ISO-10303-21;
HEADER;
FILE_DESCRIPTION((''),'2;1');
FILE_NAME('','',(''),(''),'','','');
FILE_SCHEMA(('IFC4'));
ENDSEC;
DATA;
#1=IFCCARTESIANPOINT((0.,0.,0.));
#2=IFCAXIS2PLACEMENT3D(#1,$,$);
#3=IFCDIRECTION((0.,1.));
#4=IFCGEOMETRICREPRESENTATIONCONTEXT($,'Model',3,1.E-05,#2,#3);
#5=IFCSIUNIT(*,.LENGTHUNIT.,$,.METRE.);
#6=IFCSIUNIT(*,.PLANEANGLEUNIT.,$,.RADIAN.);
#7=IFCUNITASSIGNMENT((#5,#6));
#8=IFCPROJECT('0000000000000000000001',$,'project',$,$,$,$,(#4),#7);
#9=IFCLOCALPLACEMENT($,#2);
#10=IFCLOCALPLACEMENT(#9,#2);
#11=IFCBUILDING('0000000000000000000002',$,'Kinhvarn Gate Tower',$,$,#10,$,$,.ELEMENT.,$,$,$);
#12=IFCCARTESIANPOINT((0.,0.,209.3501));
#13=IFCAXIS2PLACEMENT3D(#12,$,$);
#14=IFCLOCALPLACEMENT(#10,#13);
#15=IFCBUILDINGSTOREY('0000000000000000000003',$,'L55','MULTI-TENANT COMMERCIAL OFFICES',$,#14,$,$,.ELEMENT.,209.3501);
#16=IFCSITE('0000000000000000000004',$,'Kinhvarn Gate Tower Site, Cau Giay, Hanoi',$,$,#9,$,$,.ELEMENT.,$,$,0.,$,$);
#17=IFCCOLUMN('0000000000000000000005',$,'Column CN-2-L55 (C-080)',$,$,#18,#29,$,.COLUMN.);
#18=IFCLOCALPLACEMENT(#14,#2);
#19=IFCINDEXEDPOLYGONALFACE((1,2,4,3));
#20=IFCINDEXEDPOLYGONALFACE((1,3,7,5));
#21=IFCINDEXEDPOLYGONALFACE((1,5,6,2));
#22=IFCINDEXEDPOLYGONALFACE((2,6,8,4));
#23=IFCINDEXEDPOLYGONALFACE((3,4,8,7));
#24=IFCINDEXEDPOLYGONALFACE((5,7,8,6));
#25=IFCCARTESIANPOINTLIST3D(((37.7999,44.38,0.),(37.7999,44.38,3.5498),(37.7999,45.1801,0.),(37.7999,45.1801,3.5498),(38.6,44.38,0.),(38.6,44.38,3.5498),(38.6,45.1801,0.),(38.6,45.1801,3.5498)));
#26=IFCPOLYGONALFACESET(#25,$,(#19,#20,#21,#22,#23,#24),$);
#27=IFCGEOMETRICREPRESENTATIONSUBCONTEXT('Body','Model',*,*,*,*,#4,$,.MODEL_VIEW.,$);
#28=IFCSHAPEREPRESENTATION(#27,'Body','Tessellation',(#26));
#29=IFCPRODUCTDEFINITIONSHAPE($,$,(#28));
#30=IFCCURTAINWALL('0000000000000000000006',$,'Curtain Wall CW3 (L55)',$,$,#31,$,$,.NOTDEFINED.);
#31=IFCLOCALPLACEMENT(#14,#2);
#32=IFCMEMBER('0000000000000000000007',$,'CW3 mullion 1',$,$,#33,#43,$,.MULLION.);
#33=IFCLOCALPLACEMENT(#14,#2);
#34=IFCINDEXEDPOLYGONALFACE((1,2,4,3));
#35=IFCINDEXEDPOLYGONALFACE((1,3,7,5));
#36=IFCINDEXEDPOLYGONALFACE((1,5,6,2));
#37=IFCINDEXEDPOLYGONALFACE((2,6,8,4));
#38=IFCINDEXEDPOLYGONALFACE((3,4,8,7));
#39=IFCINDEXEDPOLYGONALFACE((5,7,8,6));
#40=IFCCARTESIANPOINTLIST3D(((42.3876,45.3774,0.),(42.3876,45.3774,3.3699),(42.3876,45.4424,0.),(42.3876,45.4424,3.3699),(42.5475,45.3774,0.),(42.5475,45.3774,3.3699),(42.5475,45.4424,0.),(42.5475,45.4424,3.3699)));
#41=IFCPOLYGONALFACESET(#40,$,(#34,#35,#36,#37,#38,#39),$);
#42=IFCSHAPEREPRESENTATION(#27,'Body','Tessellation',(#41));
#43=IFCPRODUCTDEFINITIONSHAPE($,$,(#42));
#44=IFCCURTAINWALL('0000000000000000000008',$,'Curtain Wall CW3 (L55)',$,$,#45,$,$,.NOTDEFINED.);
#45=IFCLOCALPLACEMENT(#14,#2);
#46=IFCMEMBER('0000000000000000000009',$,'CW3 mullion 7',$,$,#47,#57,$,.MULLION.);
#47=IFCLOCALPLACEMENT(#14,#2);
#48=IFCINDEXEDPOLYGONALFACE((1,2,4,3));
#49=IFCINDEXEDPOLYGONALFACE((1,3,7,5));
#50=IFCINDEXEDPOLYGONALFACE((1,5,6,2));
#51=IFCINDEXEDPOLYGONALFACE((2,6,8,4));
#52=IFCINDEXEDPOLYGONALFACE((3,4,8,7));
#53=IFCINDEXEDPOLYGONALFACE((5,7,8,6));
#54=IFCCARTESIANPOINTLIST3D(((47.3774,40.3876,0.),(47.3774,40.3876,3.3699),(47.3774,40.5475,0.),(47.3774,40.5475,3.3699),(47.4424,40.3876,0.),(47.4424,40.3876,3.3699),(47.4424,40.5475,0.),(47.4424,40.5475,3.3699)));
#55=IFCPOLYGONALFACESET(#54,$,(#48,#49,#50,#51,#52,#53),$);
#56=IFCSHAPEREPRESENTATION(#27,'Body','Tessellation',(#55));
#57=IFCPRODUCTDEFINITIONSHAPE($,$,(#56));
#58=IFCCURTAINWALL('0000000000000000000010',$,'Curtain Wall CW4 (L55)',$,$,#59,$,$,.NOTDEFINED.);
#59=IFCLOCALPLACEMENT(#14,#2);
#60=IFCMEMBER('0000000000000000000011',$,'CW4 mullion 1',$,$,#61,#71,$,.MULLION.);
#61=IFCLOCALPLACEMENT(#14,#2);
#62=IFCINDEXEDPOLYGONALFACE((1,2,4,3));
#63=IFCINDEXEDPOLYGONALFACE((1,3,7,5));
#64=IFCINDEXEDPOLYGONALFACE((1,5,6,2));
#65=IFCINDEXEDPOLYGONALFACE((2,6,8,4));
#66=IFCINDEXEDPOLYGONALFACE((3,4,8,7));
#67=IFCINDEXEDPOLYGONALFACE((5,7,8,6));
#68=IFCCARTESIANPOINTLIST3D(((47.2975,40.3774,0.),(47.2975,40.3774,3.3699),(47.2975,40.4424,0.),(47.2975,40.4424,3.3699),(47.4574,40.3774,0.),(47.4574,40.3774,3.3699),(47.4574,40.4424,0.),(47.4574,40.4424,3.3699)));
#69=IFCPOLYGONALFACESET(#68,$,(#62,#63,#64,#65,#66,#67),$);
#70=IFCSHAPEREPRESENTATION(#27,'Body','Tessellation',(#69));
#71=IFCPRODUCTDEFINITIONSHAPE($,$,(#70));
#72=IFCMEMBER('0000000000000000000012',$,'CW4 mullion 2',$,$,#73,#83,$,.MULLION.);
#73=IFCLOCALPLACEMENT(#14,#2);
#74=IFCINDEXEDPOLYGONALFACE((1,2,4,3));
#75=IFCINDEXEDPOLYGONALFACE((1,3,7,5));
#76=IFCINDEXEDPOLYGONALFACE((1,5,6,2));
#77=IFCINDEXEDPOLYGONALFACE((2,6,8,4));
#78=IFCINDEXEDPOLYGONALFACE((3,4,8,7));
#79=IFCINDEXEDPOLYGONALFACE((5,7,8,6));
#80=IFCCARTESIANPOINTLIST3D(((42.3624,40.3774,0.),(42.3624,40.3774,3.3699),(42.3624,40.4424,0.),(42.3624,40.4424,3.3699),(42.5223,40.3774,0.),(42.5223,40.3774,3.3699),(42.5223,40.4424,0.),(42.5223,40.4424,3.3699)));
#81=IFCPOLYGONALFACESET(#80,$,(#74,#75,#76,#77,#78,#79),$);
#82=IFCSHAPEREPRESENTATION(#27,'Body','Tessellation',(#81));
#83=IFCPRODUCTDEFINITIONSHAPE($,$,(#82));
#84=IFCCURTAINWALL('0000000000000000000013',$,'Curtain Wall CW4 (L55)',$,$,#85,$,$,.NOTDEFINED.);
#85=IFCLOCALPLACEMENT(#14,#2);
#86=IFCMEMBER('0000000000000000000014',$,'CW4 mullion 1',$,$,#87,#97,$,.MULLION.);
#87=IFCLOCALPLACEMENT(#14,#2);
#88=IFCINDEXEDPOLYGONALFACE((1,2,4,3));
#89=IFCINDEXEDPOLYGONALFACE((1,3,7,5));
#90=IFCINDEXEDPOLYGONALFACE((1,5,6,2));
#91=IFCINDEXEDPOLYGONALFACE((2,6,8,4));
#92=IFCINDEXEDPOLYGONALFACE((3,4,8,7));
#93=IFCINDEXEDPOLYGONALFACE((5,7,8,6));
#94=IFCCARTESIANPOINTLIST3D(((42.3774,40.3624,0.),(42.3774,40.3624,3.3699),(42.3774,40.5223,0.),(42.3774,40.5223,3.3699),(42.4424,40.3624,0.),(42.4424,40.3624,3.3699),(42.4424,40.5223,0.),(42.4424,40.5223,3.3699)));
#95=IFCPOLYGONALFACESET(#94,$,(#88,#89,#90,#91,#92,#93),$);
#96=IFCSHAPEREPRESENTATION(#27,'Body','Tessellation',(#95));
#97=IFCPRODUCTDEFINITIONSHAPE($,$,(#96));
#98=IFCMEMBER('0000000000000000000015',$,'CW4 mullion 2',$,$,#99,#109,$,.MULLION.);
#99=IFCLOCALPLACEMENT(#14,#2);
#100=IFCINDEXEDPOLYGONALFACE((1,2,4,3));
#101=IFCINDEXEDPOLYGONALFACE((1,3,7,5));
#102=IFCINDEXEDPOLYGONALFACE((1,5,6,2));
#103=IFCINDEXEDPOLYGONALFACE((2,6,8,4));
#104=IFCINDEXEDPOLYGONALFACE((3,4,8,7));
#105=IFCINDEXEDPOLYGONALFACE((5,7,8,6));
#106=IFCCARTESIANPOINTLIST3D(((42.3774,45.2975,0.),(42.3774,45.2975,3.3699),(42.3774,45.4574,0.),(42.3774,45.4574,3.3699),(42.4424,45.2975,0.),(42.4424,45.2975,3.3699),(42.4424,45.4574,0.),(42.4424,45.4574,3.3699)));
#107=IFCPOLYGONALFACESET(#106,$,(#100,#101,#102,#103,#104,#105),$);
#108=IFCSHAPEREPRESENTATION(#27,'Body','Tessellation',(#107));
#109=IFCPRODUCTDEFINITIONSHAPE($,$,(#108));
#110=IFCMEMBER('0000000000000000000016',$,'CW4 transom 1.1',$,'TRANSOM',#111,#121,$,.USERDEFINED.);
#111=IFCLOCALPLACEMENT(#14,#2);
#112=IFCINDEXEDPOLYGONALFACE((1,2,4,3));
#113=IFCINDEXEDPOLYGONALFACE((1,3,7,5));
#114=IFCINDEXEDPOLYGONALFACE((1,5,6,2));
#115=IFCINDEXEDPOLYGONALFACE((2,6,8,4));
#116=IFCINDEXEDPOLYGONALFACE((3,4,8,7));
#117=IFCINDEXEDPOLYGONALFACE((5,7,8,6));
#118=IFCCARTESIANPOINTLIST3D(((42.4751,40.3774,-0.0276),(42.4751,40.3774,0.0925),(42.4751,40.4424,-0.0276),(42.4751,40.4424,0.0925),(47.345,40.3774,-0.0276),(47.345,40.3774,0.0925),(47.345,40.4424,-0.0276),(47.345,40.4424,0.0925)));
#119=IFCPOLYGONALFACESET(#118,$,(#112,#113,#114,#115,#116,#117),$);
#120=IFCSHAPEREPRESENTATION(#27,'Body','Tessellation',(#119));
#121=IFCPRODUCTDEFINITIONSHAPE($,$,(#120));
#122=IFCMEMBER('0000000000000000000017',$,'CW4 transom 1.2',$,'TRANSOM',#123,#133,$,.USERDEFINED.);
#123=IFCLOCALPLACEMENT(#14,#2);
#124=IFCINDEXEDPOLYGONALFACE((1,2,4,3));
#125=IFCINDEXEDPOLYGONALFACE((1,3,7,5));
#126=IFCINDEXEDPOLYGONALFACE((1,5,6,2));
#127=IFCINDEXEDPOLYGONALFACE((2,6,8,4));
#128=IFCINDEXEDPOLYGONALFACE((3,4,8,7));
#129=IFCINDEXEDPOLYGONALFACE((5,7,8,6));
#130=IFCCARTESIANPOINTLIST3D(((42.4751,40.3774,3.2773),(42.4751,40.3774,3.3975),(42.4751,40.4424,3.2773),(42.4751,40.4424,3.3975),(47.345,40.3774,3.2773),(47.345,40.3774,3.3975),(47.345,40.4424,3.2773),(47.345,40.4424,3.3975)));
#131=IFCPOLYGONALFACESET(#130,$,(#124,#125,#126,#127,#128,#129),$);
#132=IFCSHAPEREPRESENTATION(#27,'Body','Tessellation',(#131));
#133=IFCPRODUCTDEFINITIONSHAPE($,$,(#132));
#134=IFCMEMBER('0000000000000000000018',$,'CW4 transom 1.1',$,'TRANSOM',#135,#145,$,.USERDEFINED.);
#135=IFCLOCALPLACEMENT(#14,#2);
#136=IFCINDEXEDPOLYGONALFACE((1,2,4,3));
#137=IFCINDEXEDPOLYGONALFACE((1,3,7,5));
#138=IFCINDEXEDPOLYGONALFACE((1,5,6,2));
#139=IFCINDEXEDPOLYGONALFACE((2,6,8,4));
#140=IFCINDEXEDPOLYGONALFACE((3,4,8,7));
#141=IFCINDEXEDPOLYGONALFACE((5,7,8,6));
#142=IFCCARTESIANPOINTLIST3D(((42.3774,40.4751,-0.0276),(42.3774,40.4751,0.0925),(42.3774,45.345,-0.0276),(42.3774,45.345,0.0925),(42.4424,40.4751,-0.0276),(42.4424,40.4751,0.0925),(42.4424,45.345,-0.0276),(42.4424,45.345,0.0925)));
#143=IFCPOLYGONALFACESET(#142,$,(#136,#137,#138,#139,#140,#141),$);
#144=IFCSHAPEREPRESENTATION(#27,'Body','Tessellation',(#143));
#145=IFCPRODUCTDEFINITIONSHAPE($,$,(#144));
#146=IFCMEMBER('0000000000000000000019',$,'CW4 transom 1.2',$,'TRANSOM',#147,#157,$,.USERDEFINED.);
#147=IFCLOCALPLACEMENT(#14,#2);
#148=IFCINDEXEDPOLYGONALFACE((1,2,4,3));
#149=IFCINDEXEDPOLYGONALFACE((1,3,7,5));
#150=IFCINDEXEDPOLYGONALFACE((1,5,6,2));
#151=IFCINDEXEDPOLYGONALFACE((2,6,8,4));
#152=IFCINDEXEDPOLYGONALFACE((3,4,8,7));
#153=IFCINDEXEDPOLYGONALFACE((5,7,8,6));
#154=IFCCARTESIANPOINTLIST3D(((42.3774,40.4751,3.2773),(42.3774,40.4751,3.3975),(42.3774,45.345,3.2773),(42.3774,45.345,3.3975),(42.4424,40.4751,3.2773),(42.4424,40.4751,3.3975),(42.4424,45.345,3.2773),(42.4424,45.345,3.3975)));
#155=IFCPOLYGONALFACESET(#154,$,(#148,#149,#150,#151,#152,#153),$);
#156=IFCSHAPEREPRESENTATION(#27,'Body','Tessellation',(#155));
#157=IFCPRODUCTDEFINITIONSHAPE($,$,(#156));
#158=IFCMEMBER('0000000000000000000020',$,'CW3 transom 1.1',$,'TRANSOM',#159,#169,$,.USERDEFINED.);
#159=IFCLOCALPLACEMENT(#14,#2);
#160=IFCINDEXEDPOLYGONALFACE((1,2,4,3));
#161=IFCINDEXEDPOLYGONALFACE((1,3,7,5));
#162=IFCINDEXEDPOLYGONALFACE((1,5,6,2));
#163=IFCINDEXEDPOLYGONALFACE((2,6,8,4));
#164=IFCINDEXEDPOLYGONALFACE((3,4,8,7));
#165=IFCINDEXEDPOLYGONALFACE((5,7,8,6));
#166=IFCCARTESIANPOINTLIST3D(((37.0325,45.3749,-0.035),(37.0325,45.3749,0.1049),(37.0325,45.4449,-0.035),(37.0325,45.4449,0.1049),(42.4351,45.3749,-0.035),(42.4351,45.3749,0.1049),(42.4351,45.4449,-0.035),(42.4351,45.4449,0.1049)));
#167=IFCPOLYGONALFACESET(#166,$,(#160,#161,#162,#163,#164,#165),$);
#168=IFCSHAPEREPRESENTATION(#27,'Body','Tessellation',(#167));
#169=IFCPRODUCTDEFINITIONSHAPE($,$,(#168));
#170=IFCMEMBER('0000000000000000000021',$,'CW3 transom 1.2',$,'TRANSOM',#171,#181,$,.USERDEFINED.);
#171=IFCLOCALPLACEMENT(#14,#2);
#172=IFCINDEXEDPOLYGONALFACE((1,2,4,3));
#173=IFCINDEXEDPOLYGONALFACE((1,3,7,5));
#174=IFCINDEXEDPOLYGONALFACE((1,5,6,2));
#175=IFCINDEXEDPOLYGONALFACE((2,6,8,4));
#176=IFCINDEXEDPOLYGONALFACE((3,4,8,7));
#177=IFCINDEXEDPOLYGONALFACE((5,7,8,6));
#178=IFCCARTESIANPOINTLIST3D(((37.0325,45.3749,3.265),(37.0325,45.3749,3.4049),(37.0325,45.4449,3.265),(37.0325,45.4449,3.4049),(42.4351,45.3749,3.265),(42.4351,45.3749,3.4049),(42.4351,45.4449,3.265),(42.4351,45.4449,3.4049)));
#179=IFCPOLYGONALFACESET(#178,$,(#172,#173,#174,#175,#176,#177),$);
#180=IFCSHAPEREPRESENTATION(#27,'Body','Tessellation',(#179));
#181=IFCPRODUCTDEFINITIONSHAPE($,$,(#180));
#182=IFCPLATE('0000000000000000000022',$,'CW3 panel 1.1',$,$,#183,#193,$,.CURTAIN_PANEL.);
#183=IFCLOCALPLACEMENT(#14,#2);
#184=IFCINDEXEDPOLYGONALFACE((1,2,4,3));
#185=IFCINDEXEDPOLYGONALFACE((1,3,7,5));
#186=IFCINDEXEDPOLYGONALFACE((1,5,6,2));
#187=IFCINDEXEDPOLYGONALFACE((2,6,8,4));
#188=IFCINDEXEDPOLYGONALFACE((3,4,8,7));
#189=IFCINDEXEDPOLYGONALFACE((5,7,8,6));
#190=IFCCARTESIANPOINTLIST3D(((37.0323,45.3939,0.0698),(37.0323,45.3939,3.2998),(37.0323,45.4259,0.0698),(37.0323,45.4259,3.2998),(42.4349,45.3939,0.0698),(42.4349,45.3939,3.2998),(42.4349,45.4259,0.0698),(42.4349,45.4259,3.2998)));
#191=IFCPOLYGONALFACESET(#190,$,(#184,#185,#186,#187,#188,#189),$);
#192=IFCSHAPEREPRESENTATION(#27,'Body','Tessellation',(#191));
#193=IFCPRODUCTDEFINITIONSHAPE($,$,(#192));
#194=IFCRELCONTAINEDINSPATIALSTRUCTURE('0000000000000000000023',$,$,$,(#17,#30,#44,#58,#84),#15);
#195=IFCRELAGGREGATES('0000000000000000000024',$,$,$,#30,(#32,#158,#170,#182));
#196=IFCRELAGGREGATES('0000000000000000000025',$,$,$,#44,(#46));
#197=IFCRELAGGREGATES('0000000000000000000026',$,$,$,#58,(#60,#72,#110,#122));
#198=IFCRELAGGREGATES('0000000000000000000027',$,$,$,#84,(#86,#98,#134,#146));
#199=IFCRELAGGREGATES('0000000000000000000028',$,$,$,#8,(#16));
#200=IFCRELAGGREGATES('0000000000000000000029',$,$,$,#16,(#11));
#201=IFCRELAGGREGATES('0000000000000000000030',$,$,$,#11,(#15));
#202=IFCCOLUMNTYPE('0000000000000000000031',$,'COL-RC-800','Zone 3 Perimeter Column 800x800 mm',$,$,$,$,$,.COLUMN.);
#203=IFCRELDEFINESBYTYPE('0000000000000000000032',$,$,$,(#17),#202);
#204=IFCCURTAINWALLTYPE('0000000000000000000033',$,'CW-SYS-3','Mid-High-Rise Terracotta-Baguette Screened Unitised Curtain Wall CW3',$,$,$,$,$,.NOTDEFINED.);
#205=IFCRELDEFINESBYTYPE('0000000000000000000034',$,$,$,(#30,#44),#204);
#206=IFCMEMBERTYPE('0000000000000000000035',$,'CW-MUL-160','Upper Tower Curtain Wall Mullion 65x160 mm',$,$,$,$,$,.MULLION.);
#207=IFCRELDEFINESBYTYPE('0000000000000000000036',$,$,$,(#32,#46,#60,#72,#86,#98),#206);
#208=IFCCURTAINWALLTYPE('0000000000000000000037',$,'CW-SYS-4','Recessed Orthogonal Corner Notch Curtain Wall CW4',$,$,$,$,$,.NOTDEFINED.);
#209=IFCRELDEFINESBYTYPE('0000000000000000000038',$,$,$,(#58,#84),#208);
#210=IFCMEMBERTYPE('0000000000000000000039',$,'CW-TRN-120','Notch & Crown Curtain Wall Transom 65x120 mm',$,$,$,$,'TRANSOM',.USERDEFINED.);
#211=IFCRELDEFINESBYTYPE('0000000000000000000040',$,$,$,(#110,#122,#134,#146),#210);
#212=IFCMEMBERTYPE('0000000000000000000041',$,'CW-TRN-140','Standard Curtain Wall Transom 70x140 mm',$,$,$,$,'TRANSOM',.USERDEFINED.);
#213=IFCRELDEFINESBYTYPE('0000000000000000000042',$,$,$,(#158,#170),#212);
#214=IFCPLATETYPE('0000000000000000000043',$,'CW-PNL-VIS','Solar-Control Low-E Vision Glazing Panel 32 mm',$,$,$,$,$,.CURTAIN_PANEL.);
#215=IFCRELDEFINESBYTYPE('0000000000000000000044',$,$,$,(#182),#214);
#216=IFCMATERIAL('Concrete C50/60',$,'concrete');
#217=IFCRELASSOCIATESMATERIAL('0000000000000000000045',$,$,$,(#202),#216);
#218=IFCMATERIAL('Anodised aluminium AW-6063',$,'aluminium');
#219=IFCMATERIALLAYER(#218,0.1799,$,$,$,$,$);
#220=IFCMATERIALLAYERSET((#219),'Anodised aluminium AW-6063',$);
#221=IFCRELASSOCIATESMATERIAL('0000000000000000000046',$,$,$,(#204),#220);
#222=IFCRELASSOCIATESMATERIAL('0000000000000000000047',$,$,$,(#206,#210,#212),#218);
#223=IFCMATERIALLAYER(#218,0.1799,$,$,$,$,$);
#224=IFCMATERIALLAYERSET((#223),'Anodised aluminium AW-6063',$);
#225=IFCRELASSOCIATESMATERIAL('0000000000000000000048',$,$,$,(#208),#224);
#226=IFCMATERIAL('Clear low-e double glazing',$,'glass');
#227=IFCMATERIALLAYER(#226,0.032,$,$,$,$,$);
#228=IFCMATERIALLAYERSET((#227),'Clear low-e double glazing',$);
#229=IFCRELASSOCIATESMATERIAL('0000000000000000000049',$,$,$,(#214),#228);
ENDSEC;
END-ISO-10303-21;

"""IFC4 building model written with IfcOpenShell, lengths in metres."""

from ifc_helpers import new_model, si_unit, direction, frame, origin, origin_2d, place, context, subcontext, project, spatial, rectangle, extrude, material, layer, layer_set, material_profile, profile_set, type_object, element, aggregate, save


model = new_model("IFC4")

# Units and contexts
model_context = context("Model", 3, precision=1e-05, world=origin(), true_north=direction((0.0, 1.0)))
body_context = subcontext(model_context, "Body", "Model", "MODEL_VIEW")
ifc_project = project(units=[si_unit("LENGTHUNIT", "METRE"), si_unit("PLANEANGLEUNIT", "RADIAN")], contexts=[model_context])

# Site, building, storey
site_placement = place(None, origin())
site = spatial("IfcSite", under=ifc_project, at=site_placement, Name="Kinhvarn Gate Tower Site, Cau Giay, Hanoi", CompositionType="ELEMENT", RefElevation=0.0)
building_placement = place(site_placement, origin())
building = spatial("IfcBuilding", under=site, at=building_placement, Name="Kinhvarn Gate Tower", CompositionType="ELEMENT")
storey_placement = place(building_placement, frame((0.0, 0.0, 209.3501)))
storey = spatial("IfcBuildingStorey", under=building, at=storey_placement, Name="L55", Description="MULTI-TENANT COMMERCIAL OFFICES", CompositionType="ELEMENT", Elevation=209.3501)

# Column
ifc_material_1 = material(Name="Concrete C50/60", Category="concrete")
ifc_material_profile_1 = material_profile(ifc_material_1, rectangle(XDim=0.8, YDim=0.8, at=origin_2d()), Name="RC 800x800")
ifc_profile_set_1 = profile_set([ifc_material_profile_1], Name="Concrete C50/60")
column_type = type_object("IfcColumnType", Name="COL-RC-800", Description="Zone 3 Perimeter Column 800x800 mm", PredefinedType="COLUMN", material=ifc_profile_set_1)
column_placement = place(storey_placement, frame((38.2, 44.78, 0.0), z_axis=(0.0, 0.0, 1.0), x_axis=(1.0, 0.0, 0.0)))
element("IfcColumn", 1, at=column_placement, inside=storey, type_object=column_type, Name="Column CN-2-L55 (C-080)", PredefinedType="COLUMN", context=body_context, shape_type="SweptSolid", body=[
    extrude(rectangle(XDim=0.8, YDim=0.8, at=origin_2d()), origin(), (0.0, 0.0, 1.0), 3.5498),
])

# Curtain walls, members
ifc_material_2 = material(Name="Anodised aluminium AW-6063", Category="aluminium")
ifc_layer_1 = layer(ifc_material_2, 0.1799)
ifc_layer_set_1 = layer_set([ifc_layer_1], Name="Anodised aluminium AW-6063")
curtain_wall_type_1 = type_object("IfcCurtainWallType", Name="CW-SYS-3", Description="Mid-High-Rise Terracotta-Baguette Screened Unitised Curtain Wall CW3", PredefinedType="NOTDEFINED", material=ifc_layer_set_1)
curtain_wall_1_placement = place(storey_placement, origin())
curtain_wall_1 = element("IfcCurtainWall", 2, at=curtain_wall_1_placement, inside=storey, type_object=curtain_wall_type_1, Name="Curtain Wall CW3 (L55)", PredefinedType="NOTDEFINED")
ifc_material_profile_2 = material_profile(ifc_material_2, rectangle(XDim=0.0649, YDim=0.1599, at=origin_2d()), Name="ALU 65x160")
ifc_profile_set_2 = profile_set([ifc_material_profile_2], Name="Anodised aluminium AW-6063")
member_type_1 = type_object("IfcMemberType", Name="CW-MUL-160", Description="Upper Tower Curtain Wall Mullion 65x160 mm", PredefinedType="MULLION", material=ifc_profile_set_2)
member_1_placement = place(storey_placement, frame((42.4675, 45.4099, 0.0), z_axis=(0.0, 0.0, 1.0), x_axis=(0.0, -1.0, 0.0)))
member_1 = element("IfcMember", 3, at=member_1_placement, type_object=member_type_1, Name="CW3 mullion 1", PredefinedType="MULLION", context=body_context, shape_type="SweptSolid", body=[
    extrude(rectangle(XDim=0.0649, YDim=0.1599, at=origin_2d()), origin(), (0.0, 0.0, 1.0), 3.3699),
])
curtain_wall_2_placement = place(storey_placement, origin())
curtain_wall_2 = element("IfcCurtainWall", 4, at=curtain_wall_2_placement, inside=storey, type_object=curtain_wall_type_1, Name="Curtain Wall CW3 (L55)", PredefinedType="NOTDEFINED")
member_2_placement = place(storey_placement, frame((47.4099, 40.4675, 0.0), z_axis=(0.0, 0.0, 1.0), x_axis=(-1.0, 0.0, 0.0)))
member_2 = element("IfcMember", 5, at=member_2_placement, type_object=member_type_1, Name="CW3 mullion 7", PredefinedType="MULLION", context=body_context, shape_type="SweptSolid", body=[
    extrude(rectangle(XDim=0.0649, YDim=0.1599, at=origin_2d()), origin(), (0.0, 0.0, 1.0), 3.3699),
])

# Curtain walls, members
ifc_layer_2 = layer(ifc_material_2, 0.1799)
ifc_layer_set_2 = layer_set([ifc_layer_2], Name="Anodised aluminium AW-6063")
curtain_wall_type_2 = type_object("IfcCurtainWallType", Name="CW-SYS-4", Description="Recessed Orthogonal Corner Notch Curtain Wall CW4", PredefinedType="NOTDEFINED", material=ifc_layer_set_2)
curtain_wall_3_placement = place(storey_placement, origin())
curtain_wall_3 = element("IfcCurtainWall", 6, at=curtain_wall_3_placement, inside=storey, type_object=curtain_wall_type_2, Name="Curtain Wall CW4 (L55)", PredefinedType="NOTDEFINED")
member_3_placement = place(storey_placement, frame((47.3774, 40.4099, 0.0), z_axis=(0.0, 0.0, 1.0), x_axis=(0.0, -1.0, 0.0)))
member_3 = element("IfcMember", 7, at=member_3_placement, type_object=member_type_1, Name="CW4 mullion 1", PredefinedType="MULLION", context=body_context, shape_type="SweptSolid", body=[
    extrude(rectangle(XDim=0.0649, YDim=0.1599, at=origin_2d()), origin(), (0.0, 0.0, 1.0), 3.3699),
])
member_4_placement = place(storey_placement, frame((42.4424, 40.4099, 0.0), z_axis=(0.0, 0.0, 1.0), x_axis=(0.0, -1.0, 0.0)))
member_4 = element("IfcMember", 8, at=member_4_placement, type_object=member_type_1, Name="CW4 mullion 2", PredefinedType="MULLION", context=body_context, shape_type="SweptSolid", body=[
    extrude(rectangle(XDim=0.0649, YDim=0.1599, at=origin_2d()), origin(), (0.0, 0.0, 1.0), 3.3699),
])
curtain_wall_4_placement = place(storey_placement, origin())
curtain_wall_4 = element("IfcCurtainWall", 9, at=curtain_wall_4_placement, inside=storey, type_object=curtain_wall_type_2, Name="Curtain Wall CW4 (L55)", PredefinedType="NOTDEFINED")
member_5_placement = place(storey_placement, frame((42.4099, 40.4424, 0.0), z_axis=(0.0, 0.0, 1.0), x_axis=(-1.0, 0.0, 0.0)))
member_5 = element("IfcMember", 10, at=member_5_placement, type_object=member_type_1, Name="CW4 mullion 1", PredefinedType="MULLION", context=body_context, shape_type="SweptSolid", body=[
    extrude(rectangle(XDim=0.0649, YDim=0.1599, at=origin_2d()), origin(), (0.0, 0.0, 1.0), 3.3699),
])
member_6_placement = place(storey_placement, frame((42.4099, 45.3774, 0.0), z_axis=(0.0, 0.0, 1.0), x_axis=(-1.0, 0.0, 0.0)))
member_6 = element("IfcMember", 11, at=member_6_placement, type_object=member_type_1, Name="CW4 mullion 2", PredefinedType="MULLION", context=body_context, shape_type="SweptSolid", body=[
    extrude(rectangle(XDim=0.0649, YDim=0.1599, at=origin_2d()), origin(), (0.0, 0.0, 1.0), 3.3699),
])

# Members
ifc_material_profile_3 = material_profile(ifc_material_2, rectangle(XDim=0.0649, YDim=0.1201, at=origin_2d()), Name="ALU 65x120")
ifc_profile_set_3 = profile_set([ifc_material_profile_3], Name="Anodised aluminium AW-6063")
member_type_2 = type_object("IfcMemberType", Name="CW-TRN-120", Description="Notch & Crown Curtain Wall Transom 65x120 mm", ElementType="TRANSOM", PredefinedType="USERDEFINED", material=ifc_profile_set_3)
member_7_placement = place(storey_placement, frame((47.345, 40.4099, 0.0325), z_axis=(-1.0, 0.0, 0.0), x_axis=(0.0, -1.0, 0.0)))
member_7 = element("IfcMember", 12, at=member_7_placement, type_object=member_type_2, Name="CW4 transom 1.1", ObjectType="TRANSOM", PredefinedType="USERDEFINED", context=body_context, shape_type="SweptSolid", body=[
    extrude(rectangle(XDim=0.0649, YDim=0.1201, at=origin_2d()), origin(), (0.0, 0.0, 1.0), 4.8699),
])
member_8_placement = place(storey_placement, frame((47.345, 40.4099, 3.3374), z_axis=(-1.0, 0.0, 0.0), x_axis=(0.0, -1.0, 0.0)))
member_8 = element("IfcMember", 13, at=member_8_placement, type_object=member_type_2, Name="CW4 transom 1.2", ObjectType="TRANSOM", PredefinedType="USERDEFINED", context=body_context, shape_type="SweptSolid", body=[
    extrude(rectangle(XDim=0.0649, YDim=0.1201, at=origin_2d()), origin(), (0.0, 0.0, 1.0), 4.8699),
])
member_9_placement = place(storey_placement, frame((42.4099, 40.4751, 0.0325), z_axis=(0.0, 1.0, 0.0), x_axis=(-1.0, 0.0, 0.0)))
member_9 = element("IfcMember", 14, at=member_9_placement, type_object=member_type_2, Name="CW4 transom 1.1", ObjectType="TRANSOM", PredefinedType="USERDEFINED", context=body_context, shape_type="SweptSolid", body=[
    extrude(rectangle(XDim=0.0649, YDim=0.1201, at=origin_2d()), origin(), (0.0, 0.0, 1.0), 4.8699),
])
member_10_placement = place(storey_placement, frame((42.4099, 40.4751, 3.3374), z_axis=(0.0, 1.0, 0.0), x_axis=(-1.0, 0.0, 0.0)))
member_10 = element("IfcMember", 15, at=member_10_placement, type_object=member_type_2, Name="CW4 transom 1.2", ObjectType="TRANSOM", PredefinedType="USERDEFINED", context=body_context, shape_type="SweptSolid", body=[
    extrude(rectangle(XDim=0.0649, YDim=0.1201, at=origin_2d()), origin(), (0.0, 0.0, 1.0), 4.8699),
])
ifc_material_profile_4 = material_profile(ifc_material_2, rectangle(XDim=0.0701, YDim=0.1399, at=origin_2d()), Name="ALU 70x140")
ifc_profile_set_4 = profile_set([ifc_material_profile_4], Name="Anodised aluminium AW-6063")
member_type_3 = type_object("IfcMemberType", Name="CW-TRN-140", Description="Standard Curtain Wall Transom 70x140 mm", ElementType="TRANSOM", PredefinedType="USERDEFINED", material=ifc_profile_set_4)
member_11_placement = place(storey_placement, frame((42.4351, 45.4099, 0.0349), z_axis=(-1.0, 0.0, 0.0), x_axis=(0.0, -1.0, 0.0)))
member_11 = element("IfcMember", 16, at=member_11_placement, type_object=member_type_3, Name="CW3 transom 1.1", ObjectType="TRANSOM", PredefinedType="USERDEFINED", context=body_context, shape_type="SweptSolid", body=[
    extrude(rectangle(XDim=0.0701, YDim=0.1399, at=origin_2d()), origin(), (0.0, 0.0, 1.0), 5.4026),
])
member_12_placement = place(storey_placement, frame((42.4351, 45.4099, 3.335), z_axis=(-1.0, 0.0, 0.0), x_axis=(0.0, -1.0, 0.0)))
member_12 = element("IfcMember", 17, at=member_12_placement, type_object=member_type_3, Name="CW3 transom 1.2", ObjectType="TRANSOM", PredefinedType="USERDEFINED", context=body_context, shape_type="SweptSolid", body=[
    extrude(rectangle(XDim=0.0701, YDim=0.1399, at=origin_2d()), origin(), (0.0, 0.0, 1.0), 5.4026),
])

# Plate
ifc_material_3 = material(Name="Clear low-e double glazing", Category="glass")
ifc_layer_3 = layer(ifc_material_3, 0.032)
ifc_layer_set_3 = layer_set([ifc_layer_3], Name="Clear low-e double glazing")
plate_type = type_object("IfcPlateType", Name="CW-PNL-VIS", Description="Solar-Control Low-E Vision Glazing Panel 32 mm", PredefinedType="CURTAIN_PANEL", material=ifc_layer_set_3)
plate_1_placement = place(storey_placement, frame((39.7336, 45.4099, 0.0698), z_axis=(0.0, 0.0, 1.0), x_axis=(-1.0, 0.0, 0.0)))
plate_1 = element("IfcPlate", 18, at=plate_1_placement, type_object=plate_type, Name="CW3 panel 1.1", PredefinedType="CURTAIN_PANEL", context=body_context, shape_type="SweptSolid", body=[
    extrude(rectangle(XDim=5.4026, YDim=0.032, at=origin_2d()), origin(), (0.0, 0.0, 1.0), 3.23),
])
aggregate(curtain_wall_1, [member_1, member_11, member_12, plate_1])
aggregate(curtain_wall_2, [member_2])
aggregate(curtain_wall_3, [member_3, member_4, member_7, member_8])
aggregate(curtain_wall_4, [member_5, member_6, member_9, member_10])

save(model, "model.ifc")
